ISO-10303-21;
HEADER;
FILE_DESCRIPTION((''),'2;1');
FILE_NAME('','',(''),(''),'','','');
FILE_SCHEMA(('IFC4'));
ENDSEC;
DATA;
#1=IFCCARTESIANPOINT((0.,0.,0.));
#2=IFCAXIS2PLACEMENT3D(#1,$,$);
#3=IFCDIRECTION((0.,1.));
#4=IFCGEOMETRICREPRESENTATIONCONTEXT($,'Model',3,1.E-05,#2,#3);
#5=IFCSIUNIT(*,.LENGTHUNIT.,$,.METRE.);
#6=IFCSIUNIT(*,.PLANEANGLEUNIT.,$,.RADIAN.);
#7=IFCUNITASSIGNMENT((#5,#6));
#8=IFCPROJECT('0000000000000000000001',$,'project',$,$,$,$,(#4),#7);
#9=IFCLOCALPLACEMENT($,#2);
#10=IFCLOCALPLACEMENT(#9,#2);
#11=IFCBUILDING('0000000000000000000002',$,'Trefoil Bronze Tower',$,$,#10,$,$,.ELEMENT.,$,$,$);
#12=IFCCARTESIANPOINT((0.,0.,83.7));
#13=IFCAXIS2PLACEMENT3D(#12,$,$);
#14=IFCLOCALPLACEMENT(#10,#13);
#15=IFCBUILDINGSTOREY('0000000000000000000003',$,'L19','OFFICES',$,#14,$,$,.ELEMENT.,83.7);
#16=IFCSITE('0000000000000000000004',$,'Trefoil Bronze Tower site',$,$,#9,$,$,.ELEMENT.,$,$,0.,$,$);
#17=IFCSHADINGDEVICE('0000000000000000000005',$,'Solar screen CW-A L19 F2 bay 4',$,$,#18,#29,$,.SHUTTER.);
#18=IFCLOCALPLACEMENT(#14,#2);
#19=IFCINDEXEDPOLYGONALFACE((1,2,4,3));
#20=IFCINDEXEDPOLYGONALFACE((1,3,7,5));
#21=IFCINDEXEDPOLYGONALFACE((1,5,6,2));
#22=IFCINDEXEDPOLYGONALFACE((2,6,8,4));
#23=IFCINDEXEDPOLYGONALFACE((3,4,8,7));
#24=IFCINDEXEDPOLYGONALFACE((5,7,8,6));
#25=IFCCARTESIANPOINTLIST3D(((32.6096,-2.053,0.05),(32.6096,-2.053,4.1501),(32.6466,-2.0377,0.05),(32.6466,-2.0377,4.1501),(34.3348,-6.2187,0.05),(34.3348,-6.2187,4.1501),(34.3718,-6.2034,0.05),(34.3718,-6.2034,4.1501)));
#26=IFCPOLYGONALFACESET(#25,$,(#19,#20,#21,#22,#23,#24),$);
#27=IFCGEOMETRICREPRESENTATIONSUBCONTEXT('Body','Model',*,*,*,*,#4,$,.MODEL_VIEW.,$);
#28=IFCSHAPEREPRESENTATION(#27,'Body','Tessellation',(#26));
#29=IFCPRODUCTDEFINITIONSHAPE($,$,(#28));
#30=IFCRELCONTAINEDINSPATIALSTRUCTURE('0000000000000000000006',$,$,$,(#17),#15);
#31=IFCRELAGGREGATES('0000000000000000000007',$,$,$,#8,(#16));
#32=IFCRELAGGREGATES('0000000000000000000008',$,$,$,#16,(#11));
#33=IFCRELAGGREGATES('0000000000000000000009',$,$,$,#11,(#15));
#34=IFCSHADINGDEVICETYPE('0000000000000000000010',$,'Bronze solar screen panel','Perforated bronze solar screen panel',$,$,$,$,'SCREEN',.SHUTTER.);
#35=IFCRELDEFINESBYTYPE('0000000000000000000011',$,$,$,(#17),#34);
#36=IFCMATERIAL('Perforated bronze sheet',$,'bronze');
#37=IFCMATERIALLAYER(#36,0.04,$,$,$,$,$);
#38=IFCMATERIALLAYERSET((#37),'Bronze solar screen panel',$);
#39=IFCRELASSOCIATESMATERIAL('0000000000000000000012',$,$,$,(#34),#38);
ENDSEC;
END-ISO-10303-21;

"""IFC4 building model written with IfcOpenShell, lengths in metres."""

from ifc_helpers import new_model, si_unit, direction, frame, origin, origin_2d, place, context, subcontext, project, spatial, rectangle, extrude, material, layer, layer_set, type_object, element, save


model = new_model("IFC4")

# Units and contexts
model_context = context("Model", 3, precision=1e-05, world=origin(), true_north=direction((0.0, 1.0)))
body_context = subcontext(model_context, "Body", "Model", "MODEL_VIEW")
ifc_project = project(units=[si_unit("LENGTHUNIT", "METRE"), si_unit("PLANEANGLEUNIT", "RADIAN")], contexts=[model_context])

# Site, building, storey
site_placement = place(None, origin())
site = spatial("IfcSite", under=ifc_project, at=site_placement, Name="Trefoil Bronze Tower site", CompositionType="ELEMENT", RefElevation=0.0)
building_placement = place(site_placement, origin())
building = spatial("IfcBuilding", under=site, at=building_placement, Name="Trefoil Bronze Tower", CompositionType="ELEMENT")
storey_placement = place(building_placement, frame((0.0, 0.0, 83.7)))
storey = spatial("IfcBuildingStorey", under=building, at=storey_placement, Name="L19", Description="OFFICES", CompositionType="ELEMENT", Elevation=83.7)

# Shading device
ifc_material_1 = material(Name="Perforated bronze sheet", Category="bronze")
ifc_layer_1 = layer(ifc_material_1, 0.04)
ifc_layer_set_1 = layer_set([ifc_layer_1], Name="Bronze solar screen panel")
shading_device_type = type_object("IfcShadingDeviceType", Name="Bronze solar screen panel", Description="Perforated bronze solar screen panel", ElementType="SCREEN", PredefinedType="SHUTTER", material=ifc_layer_set_1)
shading_device_1_placement = place(storey_placement, frame((33.4907, -4.1282, 0.05), z_axis=(0.0, 0.0, 1.0), x_axis=(-0.38263, 0.923902, 0.0)))
element("IfcShadingDevice", 1, at=shading_device_1_placement, inside=storey, type_object=shading_device_type, Name="Solar screen CW-A L19 F2 bay 4", PredefinedType="SHUTTER", context=body_context, shape_type="SweptSolid", body=[
    extrude(rectangle(XDim=4.5088, YDim=0.04, at=origin_2d()), origin(), (0.0, 0.0, 1.0), 4.1001),
])

save(model, "model.ifc")
